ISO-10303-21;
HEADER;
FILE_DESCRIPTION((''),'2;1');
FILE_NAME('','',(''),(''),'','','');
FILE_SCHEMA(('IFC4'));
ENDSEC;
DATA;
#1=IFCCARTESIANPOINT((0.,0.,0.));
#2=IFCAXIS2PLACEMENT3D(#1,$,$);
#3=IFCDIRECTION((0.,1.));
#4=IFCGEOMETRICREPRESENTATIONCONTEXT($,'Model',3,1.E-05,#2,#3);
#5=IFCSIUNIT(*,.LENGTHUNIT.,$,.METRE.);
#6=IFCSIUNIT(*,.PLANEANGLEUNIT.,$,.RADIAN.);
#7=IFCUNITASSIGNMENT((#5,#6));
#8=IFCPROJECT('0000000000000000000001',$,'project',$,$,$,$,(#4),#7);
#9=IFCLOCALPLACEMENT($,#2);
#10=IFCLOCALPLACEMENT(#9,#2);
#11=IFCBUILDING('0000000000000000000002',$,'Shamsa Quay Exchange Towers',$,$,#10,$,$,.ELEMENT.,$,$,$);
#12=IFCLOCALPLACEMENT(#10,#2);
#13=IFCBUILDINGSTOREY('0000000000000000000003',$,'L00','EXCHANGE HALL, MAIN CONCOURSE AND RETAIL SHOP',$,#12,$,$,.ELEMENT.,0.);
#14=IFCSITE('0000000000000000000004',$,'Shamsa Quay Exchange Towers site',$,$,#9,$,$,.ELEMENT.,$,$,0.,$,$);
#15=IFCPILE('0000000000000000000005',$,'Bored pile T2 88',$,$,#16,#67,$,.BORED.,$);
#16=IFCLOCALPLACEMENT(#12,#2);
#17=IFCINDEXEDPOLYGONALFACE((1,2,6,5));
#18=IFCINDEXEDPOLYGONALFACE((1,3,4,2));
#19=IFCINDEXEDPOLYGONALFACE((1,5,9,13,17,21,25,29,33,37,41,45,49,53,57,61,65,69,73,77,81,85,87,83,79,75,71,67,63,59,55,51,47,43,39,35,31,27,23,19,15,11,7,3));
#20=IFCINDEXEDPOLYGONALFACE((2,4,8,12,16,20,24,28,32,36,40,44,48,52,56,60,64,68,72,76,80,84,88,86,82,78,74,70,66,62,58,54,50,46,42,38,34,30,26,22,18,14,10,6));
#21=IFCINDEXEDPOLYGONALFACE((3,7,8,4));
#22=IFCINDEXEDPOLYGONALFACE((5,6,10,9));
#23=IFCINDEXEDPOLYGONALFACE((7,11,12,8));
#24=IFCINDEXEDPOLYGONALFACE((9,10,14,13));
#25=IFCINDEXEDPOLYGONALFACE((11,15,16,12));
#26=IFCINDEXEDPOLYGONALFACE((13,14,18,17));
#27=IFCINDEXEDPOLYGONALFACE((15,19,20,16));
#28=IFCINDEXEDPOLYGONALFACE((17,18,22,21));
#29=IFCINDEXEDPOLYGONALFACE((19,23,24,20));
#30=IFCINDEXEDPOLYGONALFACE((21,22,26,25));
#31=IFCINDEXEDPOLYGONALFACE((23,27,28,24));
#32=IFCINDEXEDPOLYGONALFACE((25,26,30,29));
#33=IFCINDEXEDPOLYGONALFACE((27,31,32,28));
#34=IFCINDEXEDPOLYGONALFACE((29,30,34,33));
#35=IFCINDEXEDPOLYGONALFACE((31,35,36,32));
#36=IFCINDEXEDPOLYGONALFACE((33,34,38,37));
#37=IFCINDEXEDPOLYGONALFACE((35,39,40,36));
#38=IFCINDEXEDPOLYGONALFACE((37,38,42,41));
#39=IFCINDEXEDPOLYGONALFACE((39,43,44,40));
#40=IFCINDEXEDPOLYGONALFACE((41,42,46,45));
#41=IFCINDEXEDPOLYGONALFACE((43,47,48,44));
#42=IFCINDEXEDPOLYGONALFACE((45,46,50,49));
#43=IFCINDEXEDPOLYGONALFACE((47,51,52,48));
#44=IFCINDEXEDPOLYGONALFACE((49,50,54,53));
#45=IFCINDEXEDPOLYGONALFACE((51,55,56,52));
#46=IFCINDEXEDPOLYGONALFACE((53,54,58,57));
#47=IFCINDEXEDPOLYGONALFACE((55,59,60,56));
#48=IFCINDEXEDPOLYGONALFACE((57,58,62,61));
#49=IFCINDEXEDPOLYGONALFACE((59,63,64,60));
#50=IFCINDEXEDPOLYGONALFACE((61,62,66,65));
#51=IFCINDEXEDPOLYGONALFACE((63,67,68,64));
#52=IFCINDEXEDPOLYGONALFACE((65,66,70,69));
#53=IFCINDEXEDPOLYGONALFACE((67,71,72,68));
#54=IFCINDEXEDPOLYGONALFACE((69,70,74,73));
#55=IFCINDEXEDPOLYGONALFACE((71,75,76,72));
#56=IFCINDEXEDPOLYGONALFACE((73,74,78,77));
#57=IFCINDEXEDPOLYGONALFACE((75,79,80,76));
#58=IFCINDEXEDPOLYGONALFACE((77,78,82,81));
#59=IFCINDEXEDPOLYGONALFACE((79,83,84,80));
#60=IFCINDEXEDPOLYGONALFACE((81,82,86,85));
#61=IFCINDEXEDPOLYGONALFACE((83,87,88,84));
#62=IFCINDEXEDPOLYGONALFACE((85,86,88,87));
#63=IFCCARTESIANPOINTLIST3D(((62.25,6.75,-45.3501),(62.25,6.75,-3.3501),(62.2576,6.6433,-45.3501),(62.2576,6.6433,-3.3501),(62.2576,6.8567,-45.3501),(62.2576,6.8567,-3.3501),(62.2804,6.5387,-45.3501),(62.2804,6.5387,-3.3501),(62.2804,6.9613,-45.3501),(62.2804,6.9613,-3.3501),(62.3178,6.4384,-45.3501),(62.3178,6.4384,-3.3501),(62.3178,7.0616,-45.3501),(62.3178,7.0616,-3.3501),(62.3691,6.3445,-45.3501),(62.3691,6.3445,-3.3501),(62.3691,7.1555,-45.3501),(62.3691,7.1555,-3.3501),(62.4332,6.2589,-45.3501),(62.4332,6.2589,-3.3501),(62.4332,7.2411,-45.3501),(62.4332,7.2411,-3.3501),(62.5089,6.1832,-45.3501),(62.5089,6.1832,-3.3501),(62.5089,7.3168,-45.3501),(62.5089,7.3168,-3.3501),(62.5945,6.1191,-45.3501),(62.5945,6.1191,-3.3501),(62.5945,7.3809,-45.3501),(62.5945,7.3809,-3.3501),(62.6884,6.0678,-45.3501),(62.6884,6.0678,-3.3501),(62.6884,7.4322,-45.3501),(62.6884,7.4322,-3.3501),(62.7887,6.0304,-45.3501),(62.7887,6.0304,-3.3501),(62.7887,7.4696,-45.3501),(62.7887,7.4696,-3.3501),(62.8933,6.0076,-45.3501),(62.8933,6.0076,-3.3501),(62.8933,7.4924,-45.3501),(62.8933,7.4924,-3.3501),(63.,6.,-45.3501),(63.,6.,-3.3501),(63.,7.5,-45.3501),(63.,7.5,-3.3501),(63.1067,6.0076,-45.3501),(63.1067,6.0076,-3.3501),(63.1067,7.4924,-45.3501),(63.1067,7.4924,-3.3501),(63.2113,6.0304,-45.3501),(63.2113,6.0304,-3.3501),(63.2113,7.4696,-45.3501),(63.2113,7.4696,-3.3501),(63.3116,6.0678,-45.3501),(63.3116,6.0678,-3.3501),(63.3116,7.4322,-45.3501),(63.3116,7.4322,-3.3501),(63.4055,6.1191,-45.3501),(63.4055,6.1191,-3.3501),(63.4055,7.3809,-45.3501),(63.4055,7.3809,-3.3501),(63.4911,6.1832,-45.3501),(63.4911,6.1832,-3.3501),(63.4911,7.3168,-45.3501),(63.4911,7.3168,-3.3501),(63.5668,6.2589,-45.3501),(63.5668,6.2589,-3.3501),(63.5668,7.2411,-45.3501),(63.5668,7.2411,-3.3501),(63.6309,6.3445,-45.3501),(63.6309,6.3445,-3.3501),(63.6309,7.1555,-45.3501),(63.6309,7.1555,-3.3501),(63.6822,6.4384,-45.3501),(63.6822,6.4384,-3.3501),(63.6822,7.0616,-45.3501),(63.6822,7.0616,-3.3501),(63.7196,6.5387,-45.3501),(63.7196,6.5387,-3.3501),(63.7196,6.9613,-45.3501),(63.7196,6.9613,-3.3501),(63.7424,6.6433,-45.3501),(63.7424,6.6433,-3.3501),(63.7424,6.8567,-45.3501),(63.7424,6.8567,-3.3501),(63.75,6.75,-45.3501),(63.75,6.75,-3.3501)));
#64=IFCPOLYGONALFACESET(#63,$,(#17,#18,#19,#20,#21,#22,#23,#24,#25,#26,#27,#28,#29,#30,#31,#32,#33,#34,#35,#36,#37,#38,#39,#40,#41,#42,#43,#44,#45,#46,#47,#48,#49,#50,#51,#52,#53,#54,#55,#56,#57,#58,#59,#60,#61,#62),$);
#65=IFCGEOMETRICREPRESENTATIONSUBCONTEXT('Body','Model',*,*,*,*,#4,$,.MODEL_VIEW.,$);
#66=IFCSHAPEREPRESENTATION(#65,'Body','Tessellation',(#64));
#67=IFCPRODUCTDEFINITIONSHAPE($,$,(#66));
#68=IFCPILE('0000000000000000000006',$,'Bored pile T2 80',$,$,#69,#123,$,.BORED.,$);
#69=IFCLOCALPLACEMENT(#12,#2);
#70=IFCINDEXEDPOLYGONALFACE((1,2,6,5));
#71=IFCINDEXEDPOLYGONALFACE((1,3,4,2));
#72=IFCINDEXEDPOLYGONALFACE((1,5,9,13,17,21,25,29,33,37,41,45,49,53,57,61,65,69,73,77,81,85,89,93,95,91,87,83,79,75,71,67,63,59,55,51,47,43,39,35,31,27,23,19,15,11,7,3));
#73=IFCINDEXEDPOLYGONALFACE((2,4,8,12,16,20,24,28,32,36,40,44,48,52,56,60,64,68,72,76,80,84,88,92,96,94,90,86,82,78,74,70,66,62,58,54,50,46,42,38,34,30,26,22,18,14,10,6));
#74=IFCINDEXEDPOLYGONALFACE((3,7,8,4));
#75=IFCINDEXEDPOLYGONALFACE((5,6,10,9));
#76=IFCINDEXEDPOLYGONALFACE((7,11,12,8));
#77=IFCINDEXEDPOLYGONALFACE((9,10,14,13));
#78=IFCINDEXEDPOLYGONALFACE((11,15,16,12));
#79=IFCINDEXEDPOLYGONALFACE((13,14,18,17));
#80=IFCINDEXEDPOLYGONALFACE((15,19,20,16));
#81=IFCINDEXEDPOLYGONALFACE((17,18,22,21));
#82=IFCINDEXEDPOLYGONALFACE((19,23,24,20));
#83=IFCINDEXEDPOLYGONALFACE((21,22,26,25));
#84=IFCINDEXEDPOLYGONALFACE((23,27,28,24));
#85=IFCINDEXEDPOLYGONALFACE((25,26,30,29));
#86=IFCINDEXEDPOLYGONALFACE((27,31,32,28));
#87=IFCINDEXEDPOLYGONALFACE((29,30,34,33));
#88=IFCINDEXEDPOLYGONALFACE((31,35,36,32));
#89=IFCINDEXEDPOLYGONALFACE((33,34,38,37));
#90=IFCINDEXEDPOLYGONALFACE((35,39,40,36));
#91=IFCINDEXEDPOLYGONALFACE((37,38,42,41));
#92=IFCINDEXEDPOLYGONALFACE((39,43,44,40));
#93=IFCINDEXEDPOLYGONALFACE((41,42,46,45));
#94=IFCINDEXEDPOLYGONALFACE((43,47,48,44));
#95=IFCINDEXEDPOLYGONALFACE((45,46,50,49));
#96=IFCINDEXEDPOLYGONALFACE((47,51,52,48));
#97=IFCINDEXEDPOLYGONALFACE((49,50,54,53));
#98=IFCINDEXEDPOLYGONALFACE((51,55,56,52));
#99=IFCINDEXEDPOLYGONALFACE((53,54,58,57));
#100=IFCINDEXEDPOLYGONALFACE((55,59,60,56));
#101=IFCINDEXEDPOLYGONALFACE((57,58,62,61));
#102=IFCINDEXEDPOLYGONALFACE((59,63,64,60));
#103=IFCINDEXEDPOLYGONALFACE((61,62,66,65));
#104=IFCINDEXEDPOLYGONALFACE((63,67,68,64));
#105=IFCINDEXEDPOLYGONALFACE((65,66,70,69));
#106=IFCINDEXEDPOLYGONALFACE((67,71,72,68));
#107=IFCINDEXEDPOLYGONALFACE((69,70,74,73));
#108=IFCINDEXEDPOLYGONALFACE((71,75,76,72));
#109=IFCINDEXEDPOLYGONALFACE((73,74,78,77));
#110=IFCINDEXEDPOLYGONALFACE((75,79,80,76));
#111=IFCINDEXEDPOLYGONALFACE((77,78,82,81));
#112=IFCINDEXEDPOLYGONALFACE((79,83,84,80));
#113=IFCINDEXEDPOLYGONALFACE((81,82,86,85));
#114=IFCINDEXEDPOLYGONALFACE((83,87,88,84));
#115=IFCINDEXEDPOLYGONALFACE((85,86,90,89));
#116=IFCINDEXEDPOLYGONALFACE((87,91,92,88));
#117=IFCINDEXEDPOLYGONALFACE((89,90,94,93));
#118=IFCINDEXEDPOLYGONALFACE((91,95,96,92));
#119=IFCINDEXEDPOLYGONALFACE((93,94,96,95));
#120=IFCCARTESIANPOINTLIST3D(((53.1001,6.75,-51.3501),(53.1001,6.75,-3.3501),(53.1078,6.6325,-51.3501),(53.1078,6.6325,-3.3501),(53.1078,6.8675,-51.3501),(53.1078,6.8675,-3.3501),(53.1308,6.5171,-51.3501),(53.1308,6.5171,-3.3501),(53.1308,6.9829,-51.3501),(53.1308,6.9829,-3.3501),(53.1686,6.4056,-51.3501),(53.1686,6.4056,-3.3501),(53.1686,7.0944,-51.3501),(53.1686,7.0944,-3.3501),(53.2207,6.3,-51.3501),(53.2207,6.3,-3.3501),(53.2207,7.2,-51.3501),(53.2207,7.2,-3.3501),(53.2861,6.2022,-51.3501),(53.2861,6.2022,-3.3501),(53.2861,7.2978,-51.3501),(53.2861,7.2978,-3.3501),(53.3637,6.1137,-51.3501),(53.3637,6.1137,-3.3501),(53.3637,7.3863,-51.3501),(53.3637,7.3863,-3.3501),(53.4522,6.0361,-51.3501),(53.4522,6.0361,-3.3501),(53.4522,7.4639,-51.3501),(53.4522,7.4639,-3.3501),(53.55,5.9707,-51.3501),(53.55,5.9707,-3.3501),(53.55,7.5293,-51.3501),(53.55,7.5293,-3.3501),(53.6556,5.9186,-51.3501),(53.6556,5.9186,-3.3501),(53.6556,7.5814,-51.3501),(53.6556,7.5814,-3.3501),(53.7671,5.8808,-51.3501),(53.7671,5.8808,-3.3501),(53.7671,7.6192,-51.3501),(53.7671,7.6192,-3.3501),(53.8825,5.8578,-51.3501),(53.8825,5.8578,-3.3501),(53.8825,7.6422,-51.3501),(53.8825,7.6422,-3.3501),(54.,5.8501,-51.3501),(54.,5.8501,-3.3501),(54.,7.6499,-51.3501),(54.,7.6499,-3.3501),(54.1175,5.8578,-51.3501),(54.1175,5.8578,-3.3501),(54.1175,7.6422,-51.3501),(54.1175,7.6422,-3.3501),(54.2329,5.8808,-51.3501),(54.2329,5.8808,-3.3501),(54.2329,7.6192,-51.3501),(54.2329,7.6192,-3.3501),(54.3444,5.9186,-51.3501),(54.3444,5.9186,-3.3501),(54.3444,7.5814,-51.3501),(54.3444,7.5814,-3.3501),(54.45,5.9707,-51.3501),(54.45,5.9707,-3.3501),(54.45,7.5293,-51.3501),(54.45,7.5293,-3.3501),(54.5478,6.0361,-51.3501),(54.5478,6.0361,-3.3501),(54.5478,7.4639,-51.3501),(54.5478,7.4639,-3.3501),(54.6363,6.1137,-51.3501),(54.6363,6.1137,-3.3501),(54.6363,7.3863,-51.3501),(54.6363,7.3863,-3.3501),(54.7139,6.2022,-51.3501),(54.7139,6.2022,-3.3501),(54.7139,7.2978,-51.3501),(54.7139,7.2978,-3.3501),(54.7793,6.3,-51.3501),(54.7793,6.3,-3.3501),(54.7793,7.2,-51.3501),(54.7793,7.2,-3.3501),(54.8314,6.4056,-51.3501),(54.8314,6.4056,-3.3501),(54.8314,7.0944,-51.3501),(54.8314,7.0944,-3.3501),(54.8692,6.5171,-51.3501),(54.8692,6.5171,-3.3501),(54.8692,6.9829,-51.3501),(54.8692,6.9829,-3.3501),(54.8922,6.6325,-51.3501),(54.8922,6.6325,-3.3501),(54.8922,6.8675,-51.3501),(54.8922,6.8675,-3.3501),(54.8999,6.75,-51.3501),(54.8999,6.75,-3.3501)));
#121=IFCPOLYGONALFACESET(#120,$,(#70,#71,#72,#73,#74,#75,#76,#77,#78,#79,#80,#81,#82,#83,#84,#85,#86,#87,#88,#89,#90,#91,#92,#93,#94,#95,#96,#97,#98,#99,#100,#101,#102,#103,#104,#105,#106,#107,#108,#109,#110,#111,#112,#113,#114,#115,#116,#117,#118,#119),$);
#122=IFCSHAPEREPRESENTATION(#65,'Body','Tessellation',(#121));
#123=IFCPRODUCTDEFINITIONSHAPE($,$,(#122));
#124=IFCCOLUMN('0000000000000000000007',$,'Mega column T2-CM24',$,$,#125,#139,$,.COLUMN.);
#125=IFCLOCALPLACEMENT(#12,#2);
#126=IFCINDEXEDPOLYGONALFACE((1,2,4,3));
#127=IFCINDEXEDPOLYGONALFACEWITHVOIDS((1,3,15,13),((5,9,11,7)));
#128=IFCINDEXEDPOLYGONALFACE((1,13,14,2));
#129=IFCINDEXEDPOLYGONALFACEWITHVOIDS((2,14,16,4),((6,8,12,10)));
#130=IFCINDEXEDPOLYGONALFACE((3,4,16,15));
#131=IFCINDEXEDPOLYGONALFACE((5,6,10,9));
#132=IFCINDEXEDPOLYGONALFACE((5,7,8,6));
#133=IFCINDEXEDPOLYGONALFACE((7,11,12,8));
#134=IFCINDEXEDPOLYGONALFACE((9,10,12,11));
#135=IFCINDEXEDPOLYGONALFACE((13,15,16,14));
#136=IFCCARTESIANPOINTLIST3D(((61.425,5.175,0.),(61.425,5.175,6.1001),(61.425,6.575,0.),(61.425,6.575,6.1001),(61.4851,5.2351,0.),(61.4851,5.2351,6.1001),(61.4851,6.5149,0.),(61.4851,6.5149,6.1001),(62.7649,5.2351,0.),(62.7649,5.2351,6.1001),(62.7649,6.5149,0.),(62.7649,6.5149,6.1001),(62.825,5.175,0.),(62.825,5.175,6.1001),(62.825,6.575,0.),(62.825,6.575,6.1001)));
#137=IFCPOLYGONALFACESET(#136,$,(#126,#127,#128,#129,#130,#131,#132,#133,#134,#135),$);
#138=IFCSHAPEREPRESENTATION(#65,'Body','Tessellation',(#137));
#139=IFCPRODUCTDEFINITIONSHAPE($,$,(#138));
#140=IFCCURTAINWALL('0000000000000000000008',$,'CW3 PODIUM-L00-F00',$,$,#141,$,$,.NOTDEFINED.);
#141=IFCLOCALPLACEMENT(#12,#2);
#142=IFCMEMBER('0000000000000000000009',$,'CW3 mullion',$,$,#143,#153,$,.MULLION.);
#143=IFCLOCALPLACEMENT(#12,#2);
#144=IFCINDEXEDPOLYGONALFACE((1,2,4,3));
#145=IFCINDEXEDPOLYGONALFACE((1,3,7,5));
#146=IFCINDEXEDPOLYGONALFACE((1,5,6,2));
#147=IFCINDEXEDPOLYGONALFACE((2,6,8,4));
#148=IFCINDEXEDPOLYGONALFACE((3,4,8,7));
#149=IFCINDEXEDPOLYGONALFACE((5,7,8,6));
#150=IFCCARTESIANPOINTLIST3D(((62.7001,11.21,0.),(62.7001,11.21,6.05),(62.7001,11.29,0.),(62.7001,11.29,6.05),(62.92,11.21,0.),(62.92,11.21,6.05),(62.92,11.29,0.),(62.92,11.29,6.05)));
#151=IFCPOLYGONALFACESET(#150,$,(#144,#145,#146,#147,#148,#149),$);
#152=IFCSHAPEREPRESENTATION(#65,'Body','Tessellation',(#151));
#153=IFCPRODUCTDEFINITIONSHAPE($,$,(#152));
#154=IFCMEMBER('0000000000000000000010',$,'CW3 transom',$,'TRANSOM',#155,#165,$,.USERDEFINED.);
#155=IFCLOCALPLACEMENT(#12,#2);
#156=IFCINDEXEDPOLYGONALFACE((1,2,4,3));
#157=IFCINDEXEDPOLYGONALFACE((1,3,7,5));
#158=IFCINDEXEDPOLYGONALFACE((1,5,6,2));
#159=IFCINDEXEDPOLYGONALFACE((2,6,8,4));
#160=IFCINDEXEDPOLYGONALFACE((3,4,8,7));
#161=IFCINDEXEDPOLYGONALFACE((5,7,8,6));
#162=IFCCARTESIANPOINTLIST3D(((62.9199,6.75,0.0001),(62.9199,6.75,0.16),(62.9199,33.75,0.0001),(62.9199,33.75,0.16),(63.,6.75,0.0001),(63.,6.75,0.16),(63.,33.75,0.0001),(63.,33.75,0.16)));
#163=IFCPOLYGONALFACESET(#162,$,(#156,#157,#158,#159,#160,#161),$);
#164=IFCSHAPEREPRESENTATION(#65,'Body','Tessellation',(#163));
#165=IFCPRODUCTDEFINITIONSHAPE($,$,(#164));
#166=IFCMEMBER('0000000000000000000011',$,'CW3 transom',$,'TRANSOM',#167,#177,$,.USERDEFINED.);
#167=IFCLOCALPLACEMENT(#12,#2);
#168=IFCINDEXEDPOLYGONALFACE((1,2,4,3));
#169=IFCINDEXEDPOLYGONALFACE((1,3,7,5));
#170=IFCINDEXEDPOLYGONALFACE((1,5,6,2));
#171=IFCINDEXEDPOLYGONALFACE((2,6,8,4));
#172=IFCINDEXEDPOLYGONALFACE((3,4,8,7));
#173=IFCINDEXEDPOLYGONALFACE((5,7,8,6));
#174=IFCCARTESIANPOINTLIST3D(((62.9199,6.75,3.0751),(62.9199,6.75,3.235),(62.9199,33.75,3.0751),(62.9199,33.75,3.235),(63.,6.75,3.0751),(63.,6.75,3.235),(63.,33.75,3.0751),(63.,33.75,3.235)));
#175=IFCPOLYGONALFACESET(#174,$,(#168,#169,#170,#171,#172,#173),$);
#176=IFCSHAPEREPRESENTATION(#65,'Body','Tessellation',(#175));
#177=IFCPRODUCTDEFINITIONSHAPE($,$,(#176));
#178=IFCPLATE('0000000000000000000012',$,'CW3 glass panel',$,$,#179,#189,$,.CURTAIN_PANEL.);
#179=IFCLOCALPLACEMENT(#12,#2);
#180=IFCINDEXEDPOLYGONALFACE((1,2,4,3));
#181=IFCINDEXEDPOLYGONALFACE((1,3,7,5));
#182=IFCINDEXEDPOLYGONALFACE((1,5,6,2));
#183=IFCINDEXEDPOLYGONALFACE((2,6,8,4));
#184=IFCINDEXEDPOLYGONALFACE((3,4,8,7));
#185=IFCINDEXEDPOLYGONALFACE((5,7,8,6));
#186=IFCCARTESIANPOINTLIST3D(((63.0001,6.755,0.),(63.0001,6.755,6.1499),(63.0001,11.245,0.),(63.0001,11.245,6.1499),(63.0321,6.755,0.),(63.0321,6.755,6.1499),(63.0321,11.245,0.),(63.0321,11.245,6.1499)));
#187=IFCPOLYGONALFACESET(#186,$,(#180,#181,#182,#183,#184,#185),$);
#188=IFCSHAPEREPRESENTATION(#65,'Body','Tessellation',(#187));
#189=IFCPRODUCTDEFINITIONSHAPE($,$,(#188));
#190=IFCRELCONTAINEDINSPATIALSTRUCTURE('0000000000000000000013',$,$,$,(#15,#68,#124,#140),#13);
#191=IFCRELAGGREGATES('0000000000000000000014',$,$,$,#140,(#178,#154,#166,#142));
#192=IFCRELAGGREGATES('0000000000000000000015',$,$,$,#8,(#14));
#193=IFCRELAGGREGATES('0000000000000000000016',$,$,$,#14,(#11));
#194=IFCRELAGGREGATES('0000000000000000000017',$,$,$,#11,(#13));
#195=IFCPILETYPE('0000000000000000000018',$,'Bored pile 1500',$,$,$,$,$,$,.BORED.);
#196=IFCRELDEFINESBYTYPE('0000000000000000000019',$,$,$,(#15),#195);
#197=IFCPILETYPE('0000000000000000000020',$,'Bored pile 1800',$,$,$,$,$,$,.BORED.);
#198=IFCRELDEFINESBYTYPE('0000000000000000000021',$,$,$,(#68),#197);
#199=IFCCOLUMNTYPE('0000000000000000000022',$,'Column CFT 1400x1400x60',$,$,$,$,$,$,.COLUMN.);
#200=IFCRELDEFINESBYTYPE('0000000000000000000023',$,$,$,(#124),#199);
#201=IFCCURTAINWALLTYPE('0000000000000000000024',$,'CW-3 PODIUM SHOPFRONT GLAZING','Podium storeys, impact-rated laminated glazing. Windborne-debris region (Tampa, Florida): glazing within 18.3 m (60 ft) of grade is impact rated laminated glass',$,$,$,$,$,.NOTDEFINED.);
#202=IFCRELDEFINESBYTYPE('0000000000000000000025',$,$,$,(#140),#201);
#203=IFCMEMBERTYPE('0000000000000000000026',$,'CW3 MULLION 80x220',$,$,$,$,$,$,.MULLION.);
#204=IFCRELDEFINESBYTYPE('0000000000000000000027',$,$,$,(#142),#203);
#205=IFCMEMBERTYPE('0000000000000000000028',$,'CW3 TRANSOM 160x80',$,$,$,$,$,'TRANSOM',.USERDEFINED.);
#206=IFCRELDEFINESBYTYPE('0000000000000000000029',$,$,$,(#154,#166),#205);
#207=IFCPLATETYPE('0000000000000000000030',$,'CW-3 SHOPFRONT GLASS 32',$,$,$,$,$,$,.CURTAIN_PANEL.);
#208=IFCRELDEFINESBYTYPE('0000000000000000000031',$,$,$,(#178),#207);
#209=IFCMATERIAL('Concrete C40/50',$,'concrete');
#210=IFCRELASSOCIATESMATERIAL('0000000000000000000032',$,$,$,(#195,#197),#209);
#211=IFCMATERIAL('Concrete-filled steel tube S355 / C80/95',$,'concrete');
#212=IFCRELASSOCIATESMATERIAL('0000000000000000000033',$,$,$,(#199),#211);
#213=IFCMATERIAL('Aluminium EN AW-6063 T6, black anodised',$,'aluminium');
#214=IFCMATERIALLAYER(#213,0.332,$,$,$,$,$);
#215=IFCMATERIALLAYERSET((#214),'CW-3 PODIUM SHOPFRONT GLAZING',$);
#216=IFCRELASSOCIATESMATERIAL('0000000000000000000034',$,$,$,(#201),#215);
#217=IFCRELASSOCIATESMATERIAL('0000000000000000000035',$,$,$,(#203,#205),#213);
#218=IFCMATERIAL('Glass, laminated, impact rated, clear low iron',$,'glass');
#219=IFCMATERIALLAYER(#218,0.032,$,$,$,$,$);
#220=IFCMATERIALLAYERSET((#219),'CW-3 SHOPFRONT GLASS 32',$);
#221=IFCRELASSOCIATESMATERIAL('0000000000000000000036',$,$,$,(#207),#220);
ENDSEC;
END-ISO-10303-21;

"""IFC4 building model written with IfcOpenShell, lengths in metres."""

from ifc_helpers import new_model, si_unit, direction, frame, origin, origin_2d, place, context, subcontext, project, spatial, rectangle, hollow_rectangle, circle, extrude, material, layer, layer_set, material_profile, profile_set, type_object, element, aggregate, save


model = new_model("IFC4")

# Units and contexts
model_context = context("Model", 3, precision=1e-05, world=origin(), true_north=direction((0.0, 1.0)))
body_context = subcontext(model_context, "Body", "Model", "MODEL_VIEW")
ifc_project = project(units=[si_unit("LENGTHUNIT", "METRE"), si_unit("PLANEANGLEUNIT", "RADIAN")], contexts=[model_context])

# Site, building, storey
site_placement = place(None, origin())
site = spatial("IfcSite", under=ifc_project, at=site_placement, Name="Shamsa Quay Exchange Towers site", CompositionType="ELEMENT", RefElevation=0.0)
building_placement = place(site_placement, origin())
building = spatial("IfcBuilding", under=site, at=building_placement, Name="Shamsa Quay Exchange Towers", CompositionType="ELEMENT")
storey_placement = place(building_placement, origin())
storey = spatial("IfcBuildingStorey", under=building, at=storey_placement, Name="L00", Description="EXCHANGE HALL, MAIN CONCOURSE AND RETAIL SHOP", CompositionType="ELEMENT", Elevation=0.0)

# Piles
ifc_material_1 = material(Name="Concrete C40/50", Category="concrete")
ifc_material_profile_1 = material_profile(ifc_material_1, circle(Radius=0.75, at=origin_2d()), Name="BP1500")
ifc_profile_set_1 = profile_set([ifc_material_profile_1], Name="Concrete C40/50")
pile_type_1 = type_object("IfcPileType", Name="Bored pile 1500", PredefinedType="BORED", material=ifc_profile_set_1)
for number, where, z_axis, x_axis, name in (
    (1, (63.0, 6.75, -3.3501), (0.0, 0.0, -1.0), (1.0, 0.0, 0.0), "Bored pile T2 88"),
):
    element("IfcPile", number, at=place(storey_placement, frame(where, z_axis=z_axis, x_axis=x_axis)), inside=storey, type_object=pile_type_1, Name=name, PredefinedType="BORED", context=body_context, shape_type="SweptSolid", body=[
        extrude(circle(Radius=0.75, at=origin_2d()), origin(), (0.0, 0.0, 1.0), 42.0),
    ])
ifc_material_profile_2 = material_profile(ifc_material_1, circle(Radius=0.8999, at=origin_2d()), Name="BP1800")
ifc_profile_set_2 = profile_set([ifc_material_profile_2], Name="Concrete C40/50")
pile_type_2 = type_object("IfcPileType", Name="Bored pile 1800", PredefinedType="BORED", material=ifc_profile_set_2)
pile_placement = place(storey_placement, frame((54.0, 6.75, -3.3501), z_axis=(0.0, 0.0, -1.0), x_axis=(1.0, 0.0, 0.0)))
element("IfcPile", 2, at=pile_placement, inside=storey, type_object=pile_type_2, Name="Bored pile T2 80", PredefinedType="BORED", context=body_context, shape_type="SweptSolid", body=[
    extrude(circle(Radius=0.8999, at=origin_2d()), origin(), (0.0, 0.0, 1.0), 48.0),
])

# Column
ifc_material_2 = material(Name="Concrete-filled steel tube S355 / C80/95", Category="concrete")
ifc_material_profile_3 = material_profile(ifc_material_2, hollow_rectangle(XDim=1.3999, YDim=1.3999, WallThickness=0.0601, at=origin_2d()), Name="CFT 1400x1400x60")
ifc_profile_set_3 = profile_set([ifc_material_profile_3], Name="Concrete-filled steel tube S355 / C80/95")
column_type = type_object("IfcColumnType", Name="Column CFT 1400x1400x60", PredefinedType="COLUMN", material=ifc_profile_set_3)
column_placement = place(storey_placement, frame((62.125, 5.875, 0.0)))
element("IfcColumn", 3, at=column_placement, inside=storey, type_object=column_type, Name="Mega column T2-CM24", PredefinedType="COLUMN", context=body_context, shape_type="SweptSolid", body=[
    extrude(hollow_rectangle(XDim=1.3999, YDim=1.3999, WallThickness=0.0601, at=origin_2d()), origin(), (0.0, 0.0, 1.0), 6.1001),
])

# Curtain wall, members, plate
ifc_material_3 = material(Name="Aluminium EN AW-6063 T6, black anodised", Category="aluminium")
ifc_layer_1 = layer(ifc_material_3, 0.332)
ifc_layer_set_1 = layer_set([ifc_layer_1], Name="CW-3 PODIUM SHOPFRONT GLAZING")
curtain_wall_type = type_object("IfcCurtainWallType", Name="CW-3 PODIUM SHOPFRONT GLAZING", Description="Podium storeys, impact-rated laminated glazing. Windborne-debris region (Tampa, Florida): glazing within 18.3 m (60 ft) of grade is impact rated laminated glass", PredefinedType="NOTDEFINED", material=ifc_layer_set_1)
curtain_wall_placement = place(storey_placement, origin())
curtain_wall = element("IfcCurtainWall", 4, at=curtain_wall_placement, inside=storey, type_object=curtain_wall_type, Name="CW3 PODIUM-L00-F00", PredefinedType="NOTDEFINED")
ifc_material_profile_4 = material_profile(ifc_material_3, rectangle(XDim=0.22, YDim=0.0801, at=origin_2d()), Name="MU80x220")
ifc_profile_set_4 = profile_set([ifc_material_profile_4], Name="Aluminium EN AW-6063 T6, black anodised")
member_type_1 = type_object("IfcMemberType", Name="CW3 MULLION 80x220", PredefinedType="MULLION", material=ifc_profile_set_4)
member_1_placement = place(storey_placement, frame((62.8101, 11.25, 0.0), z_axis=(0.0, 0.0, 1.0), x_axis=(-1.0, 0.0, 0.0)))
member_1 = element("IfcMember", 5, at=member_1_placement, type_object=member_type_1, Name="CW3 mullion", PredefinedType="MULLION", context=body_context, shape_type="SweptSolid", body=[
    extrude(rectangle(XDim=0.22, YDim=0.0801, at=origin_2d()), origin(), (0.0, 0.0, 1.0), 6.05),
])
ifc_material_profile_5 = material_profile(ifc_material_3, rectangle(XDim=0.0801, YDim=0.1599, at=origin_2d()), Name="TR160x80")
ifc_profile_set_5 = profile_set([ifc_material_profile_5], Name="Aluminium EN AW-6063 T6, black anodised")
member_type_2 = type_object("IfcMemberType", Name="CW3 TRANSOM 160x80", ElementType="TRANSOM", PredefinedType="USERDEFINED", material=ifc_profile_set_5)
member_2_placement = place(storey_placement, frame((62.96, 6.75, 0.0801), z_axis=(0.0, 1.0, 0.0), x_axis=(-1.0, 0.0, 0.0)))
member_2 = element("IfcMember", 6, at=member_2_placement, type_object=member_type_2, Name="CW3 transom", ObjectType="TRANSOM", PredefinedType="USERDEFINED", context=body_context, shape_type="SweptSolid", body=[
    extrude(rectangle(XDim=0.0801, YDim=0.1599, at=origin_2d()), origin(), (0.0, 0.0, 1.0), 27.0),
])
member_3_placement = place(storey_placement, frame((62.96, 6.75, 3.155), z_axis=(0.0, 1.0, 0.0), x_axis=(-1.0, 0.0, 0.0)))
member_3 = element("IfcMember", 7, at=member_3_placement, type_object=member_type_2, Name="CW3 transom", ObjectType="TRANSOM", PredefinedType="USERDEFINED", context=body_context, shape_type="SweptSolid", body=[
    extrude(rectangle(XDim=0.0801, YDim=0.1599, at=origin_2d()), origin(), (0.0, 0.0, 1.0), 27.0),
])
ifc_material_4 = material(Name="Glass, laminated, impact rated, clear low iron", Category="glass")
ifc_layer_2 = layer(ifc_material_4, 0.032)
ifc_layer_set_2 = layer_set([ifc_layer_2], Name="CW-3 SHOPFRONT GLASS 32")
plate_type = type_object("IfcPlateType", Name="CW-3 SHOPFRONT GLASS 32", PredefinedType="CURTAIN_PANEL", material=ifc_layer_set_2)
plate_placement = place(storey_placement, frame((63.0161, 9.0, 0.0), z_axis=(0.0, 0.0, 1.0), x_axis=(0.0, 1.0, 0.0)))
plate = element("IfcPlate", 8, at=plate_placement, type_object=plate_type, Name="CW3 glass panel", PredefinedType="CURTAIN_PANEL", context=body_context, shape_type="SweptSolid", body=[
    extrude(rectangle(XDim=4.49, YDim=0.032, at=origin_2d()), origin(), (0.0, 0.0, 1.0), 6.1499),
])
aggregate(curtain_wall, [plate, member_2, member_3, member_1])

save(model, "model.ifc")
